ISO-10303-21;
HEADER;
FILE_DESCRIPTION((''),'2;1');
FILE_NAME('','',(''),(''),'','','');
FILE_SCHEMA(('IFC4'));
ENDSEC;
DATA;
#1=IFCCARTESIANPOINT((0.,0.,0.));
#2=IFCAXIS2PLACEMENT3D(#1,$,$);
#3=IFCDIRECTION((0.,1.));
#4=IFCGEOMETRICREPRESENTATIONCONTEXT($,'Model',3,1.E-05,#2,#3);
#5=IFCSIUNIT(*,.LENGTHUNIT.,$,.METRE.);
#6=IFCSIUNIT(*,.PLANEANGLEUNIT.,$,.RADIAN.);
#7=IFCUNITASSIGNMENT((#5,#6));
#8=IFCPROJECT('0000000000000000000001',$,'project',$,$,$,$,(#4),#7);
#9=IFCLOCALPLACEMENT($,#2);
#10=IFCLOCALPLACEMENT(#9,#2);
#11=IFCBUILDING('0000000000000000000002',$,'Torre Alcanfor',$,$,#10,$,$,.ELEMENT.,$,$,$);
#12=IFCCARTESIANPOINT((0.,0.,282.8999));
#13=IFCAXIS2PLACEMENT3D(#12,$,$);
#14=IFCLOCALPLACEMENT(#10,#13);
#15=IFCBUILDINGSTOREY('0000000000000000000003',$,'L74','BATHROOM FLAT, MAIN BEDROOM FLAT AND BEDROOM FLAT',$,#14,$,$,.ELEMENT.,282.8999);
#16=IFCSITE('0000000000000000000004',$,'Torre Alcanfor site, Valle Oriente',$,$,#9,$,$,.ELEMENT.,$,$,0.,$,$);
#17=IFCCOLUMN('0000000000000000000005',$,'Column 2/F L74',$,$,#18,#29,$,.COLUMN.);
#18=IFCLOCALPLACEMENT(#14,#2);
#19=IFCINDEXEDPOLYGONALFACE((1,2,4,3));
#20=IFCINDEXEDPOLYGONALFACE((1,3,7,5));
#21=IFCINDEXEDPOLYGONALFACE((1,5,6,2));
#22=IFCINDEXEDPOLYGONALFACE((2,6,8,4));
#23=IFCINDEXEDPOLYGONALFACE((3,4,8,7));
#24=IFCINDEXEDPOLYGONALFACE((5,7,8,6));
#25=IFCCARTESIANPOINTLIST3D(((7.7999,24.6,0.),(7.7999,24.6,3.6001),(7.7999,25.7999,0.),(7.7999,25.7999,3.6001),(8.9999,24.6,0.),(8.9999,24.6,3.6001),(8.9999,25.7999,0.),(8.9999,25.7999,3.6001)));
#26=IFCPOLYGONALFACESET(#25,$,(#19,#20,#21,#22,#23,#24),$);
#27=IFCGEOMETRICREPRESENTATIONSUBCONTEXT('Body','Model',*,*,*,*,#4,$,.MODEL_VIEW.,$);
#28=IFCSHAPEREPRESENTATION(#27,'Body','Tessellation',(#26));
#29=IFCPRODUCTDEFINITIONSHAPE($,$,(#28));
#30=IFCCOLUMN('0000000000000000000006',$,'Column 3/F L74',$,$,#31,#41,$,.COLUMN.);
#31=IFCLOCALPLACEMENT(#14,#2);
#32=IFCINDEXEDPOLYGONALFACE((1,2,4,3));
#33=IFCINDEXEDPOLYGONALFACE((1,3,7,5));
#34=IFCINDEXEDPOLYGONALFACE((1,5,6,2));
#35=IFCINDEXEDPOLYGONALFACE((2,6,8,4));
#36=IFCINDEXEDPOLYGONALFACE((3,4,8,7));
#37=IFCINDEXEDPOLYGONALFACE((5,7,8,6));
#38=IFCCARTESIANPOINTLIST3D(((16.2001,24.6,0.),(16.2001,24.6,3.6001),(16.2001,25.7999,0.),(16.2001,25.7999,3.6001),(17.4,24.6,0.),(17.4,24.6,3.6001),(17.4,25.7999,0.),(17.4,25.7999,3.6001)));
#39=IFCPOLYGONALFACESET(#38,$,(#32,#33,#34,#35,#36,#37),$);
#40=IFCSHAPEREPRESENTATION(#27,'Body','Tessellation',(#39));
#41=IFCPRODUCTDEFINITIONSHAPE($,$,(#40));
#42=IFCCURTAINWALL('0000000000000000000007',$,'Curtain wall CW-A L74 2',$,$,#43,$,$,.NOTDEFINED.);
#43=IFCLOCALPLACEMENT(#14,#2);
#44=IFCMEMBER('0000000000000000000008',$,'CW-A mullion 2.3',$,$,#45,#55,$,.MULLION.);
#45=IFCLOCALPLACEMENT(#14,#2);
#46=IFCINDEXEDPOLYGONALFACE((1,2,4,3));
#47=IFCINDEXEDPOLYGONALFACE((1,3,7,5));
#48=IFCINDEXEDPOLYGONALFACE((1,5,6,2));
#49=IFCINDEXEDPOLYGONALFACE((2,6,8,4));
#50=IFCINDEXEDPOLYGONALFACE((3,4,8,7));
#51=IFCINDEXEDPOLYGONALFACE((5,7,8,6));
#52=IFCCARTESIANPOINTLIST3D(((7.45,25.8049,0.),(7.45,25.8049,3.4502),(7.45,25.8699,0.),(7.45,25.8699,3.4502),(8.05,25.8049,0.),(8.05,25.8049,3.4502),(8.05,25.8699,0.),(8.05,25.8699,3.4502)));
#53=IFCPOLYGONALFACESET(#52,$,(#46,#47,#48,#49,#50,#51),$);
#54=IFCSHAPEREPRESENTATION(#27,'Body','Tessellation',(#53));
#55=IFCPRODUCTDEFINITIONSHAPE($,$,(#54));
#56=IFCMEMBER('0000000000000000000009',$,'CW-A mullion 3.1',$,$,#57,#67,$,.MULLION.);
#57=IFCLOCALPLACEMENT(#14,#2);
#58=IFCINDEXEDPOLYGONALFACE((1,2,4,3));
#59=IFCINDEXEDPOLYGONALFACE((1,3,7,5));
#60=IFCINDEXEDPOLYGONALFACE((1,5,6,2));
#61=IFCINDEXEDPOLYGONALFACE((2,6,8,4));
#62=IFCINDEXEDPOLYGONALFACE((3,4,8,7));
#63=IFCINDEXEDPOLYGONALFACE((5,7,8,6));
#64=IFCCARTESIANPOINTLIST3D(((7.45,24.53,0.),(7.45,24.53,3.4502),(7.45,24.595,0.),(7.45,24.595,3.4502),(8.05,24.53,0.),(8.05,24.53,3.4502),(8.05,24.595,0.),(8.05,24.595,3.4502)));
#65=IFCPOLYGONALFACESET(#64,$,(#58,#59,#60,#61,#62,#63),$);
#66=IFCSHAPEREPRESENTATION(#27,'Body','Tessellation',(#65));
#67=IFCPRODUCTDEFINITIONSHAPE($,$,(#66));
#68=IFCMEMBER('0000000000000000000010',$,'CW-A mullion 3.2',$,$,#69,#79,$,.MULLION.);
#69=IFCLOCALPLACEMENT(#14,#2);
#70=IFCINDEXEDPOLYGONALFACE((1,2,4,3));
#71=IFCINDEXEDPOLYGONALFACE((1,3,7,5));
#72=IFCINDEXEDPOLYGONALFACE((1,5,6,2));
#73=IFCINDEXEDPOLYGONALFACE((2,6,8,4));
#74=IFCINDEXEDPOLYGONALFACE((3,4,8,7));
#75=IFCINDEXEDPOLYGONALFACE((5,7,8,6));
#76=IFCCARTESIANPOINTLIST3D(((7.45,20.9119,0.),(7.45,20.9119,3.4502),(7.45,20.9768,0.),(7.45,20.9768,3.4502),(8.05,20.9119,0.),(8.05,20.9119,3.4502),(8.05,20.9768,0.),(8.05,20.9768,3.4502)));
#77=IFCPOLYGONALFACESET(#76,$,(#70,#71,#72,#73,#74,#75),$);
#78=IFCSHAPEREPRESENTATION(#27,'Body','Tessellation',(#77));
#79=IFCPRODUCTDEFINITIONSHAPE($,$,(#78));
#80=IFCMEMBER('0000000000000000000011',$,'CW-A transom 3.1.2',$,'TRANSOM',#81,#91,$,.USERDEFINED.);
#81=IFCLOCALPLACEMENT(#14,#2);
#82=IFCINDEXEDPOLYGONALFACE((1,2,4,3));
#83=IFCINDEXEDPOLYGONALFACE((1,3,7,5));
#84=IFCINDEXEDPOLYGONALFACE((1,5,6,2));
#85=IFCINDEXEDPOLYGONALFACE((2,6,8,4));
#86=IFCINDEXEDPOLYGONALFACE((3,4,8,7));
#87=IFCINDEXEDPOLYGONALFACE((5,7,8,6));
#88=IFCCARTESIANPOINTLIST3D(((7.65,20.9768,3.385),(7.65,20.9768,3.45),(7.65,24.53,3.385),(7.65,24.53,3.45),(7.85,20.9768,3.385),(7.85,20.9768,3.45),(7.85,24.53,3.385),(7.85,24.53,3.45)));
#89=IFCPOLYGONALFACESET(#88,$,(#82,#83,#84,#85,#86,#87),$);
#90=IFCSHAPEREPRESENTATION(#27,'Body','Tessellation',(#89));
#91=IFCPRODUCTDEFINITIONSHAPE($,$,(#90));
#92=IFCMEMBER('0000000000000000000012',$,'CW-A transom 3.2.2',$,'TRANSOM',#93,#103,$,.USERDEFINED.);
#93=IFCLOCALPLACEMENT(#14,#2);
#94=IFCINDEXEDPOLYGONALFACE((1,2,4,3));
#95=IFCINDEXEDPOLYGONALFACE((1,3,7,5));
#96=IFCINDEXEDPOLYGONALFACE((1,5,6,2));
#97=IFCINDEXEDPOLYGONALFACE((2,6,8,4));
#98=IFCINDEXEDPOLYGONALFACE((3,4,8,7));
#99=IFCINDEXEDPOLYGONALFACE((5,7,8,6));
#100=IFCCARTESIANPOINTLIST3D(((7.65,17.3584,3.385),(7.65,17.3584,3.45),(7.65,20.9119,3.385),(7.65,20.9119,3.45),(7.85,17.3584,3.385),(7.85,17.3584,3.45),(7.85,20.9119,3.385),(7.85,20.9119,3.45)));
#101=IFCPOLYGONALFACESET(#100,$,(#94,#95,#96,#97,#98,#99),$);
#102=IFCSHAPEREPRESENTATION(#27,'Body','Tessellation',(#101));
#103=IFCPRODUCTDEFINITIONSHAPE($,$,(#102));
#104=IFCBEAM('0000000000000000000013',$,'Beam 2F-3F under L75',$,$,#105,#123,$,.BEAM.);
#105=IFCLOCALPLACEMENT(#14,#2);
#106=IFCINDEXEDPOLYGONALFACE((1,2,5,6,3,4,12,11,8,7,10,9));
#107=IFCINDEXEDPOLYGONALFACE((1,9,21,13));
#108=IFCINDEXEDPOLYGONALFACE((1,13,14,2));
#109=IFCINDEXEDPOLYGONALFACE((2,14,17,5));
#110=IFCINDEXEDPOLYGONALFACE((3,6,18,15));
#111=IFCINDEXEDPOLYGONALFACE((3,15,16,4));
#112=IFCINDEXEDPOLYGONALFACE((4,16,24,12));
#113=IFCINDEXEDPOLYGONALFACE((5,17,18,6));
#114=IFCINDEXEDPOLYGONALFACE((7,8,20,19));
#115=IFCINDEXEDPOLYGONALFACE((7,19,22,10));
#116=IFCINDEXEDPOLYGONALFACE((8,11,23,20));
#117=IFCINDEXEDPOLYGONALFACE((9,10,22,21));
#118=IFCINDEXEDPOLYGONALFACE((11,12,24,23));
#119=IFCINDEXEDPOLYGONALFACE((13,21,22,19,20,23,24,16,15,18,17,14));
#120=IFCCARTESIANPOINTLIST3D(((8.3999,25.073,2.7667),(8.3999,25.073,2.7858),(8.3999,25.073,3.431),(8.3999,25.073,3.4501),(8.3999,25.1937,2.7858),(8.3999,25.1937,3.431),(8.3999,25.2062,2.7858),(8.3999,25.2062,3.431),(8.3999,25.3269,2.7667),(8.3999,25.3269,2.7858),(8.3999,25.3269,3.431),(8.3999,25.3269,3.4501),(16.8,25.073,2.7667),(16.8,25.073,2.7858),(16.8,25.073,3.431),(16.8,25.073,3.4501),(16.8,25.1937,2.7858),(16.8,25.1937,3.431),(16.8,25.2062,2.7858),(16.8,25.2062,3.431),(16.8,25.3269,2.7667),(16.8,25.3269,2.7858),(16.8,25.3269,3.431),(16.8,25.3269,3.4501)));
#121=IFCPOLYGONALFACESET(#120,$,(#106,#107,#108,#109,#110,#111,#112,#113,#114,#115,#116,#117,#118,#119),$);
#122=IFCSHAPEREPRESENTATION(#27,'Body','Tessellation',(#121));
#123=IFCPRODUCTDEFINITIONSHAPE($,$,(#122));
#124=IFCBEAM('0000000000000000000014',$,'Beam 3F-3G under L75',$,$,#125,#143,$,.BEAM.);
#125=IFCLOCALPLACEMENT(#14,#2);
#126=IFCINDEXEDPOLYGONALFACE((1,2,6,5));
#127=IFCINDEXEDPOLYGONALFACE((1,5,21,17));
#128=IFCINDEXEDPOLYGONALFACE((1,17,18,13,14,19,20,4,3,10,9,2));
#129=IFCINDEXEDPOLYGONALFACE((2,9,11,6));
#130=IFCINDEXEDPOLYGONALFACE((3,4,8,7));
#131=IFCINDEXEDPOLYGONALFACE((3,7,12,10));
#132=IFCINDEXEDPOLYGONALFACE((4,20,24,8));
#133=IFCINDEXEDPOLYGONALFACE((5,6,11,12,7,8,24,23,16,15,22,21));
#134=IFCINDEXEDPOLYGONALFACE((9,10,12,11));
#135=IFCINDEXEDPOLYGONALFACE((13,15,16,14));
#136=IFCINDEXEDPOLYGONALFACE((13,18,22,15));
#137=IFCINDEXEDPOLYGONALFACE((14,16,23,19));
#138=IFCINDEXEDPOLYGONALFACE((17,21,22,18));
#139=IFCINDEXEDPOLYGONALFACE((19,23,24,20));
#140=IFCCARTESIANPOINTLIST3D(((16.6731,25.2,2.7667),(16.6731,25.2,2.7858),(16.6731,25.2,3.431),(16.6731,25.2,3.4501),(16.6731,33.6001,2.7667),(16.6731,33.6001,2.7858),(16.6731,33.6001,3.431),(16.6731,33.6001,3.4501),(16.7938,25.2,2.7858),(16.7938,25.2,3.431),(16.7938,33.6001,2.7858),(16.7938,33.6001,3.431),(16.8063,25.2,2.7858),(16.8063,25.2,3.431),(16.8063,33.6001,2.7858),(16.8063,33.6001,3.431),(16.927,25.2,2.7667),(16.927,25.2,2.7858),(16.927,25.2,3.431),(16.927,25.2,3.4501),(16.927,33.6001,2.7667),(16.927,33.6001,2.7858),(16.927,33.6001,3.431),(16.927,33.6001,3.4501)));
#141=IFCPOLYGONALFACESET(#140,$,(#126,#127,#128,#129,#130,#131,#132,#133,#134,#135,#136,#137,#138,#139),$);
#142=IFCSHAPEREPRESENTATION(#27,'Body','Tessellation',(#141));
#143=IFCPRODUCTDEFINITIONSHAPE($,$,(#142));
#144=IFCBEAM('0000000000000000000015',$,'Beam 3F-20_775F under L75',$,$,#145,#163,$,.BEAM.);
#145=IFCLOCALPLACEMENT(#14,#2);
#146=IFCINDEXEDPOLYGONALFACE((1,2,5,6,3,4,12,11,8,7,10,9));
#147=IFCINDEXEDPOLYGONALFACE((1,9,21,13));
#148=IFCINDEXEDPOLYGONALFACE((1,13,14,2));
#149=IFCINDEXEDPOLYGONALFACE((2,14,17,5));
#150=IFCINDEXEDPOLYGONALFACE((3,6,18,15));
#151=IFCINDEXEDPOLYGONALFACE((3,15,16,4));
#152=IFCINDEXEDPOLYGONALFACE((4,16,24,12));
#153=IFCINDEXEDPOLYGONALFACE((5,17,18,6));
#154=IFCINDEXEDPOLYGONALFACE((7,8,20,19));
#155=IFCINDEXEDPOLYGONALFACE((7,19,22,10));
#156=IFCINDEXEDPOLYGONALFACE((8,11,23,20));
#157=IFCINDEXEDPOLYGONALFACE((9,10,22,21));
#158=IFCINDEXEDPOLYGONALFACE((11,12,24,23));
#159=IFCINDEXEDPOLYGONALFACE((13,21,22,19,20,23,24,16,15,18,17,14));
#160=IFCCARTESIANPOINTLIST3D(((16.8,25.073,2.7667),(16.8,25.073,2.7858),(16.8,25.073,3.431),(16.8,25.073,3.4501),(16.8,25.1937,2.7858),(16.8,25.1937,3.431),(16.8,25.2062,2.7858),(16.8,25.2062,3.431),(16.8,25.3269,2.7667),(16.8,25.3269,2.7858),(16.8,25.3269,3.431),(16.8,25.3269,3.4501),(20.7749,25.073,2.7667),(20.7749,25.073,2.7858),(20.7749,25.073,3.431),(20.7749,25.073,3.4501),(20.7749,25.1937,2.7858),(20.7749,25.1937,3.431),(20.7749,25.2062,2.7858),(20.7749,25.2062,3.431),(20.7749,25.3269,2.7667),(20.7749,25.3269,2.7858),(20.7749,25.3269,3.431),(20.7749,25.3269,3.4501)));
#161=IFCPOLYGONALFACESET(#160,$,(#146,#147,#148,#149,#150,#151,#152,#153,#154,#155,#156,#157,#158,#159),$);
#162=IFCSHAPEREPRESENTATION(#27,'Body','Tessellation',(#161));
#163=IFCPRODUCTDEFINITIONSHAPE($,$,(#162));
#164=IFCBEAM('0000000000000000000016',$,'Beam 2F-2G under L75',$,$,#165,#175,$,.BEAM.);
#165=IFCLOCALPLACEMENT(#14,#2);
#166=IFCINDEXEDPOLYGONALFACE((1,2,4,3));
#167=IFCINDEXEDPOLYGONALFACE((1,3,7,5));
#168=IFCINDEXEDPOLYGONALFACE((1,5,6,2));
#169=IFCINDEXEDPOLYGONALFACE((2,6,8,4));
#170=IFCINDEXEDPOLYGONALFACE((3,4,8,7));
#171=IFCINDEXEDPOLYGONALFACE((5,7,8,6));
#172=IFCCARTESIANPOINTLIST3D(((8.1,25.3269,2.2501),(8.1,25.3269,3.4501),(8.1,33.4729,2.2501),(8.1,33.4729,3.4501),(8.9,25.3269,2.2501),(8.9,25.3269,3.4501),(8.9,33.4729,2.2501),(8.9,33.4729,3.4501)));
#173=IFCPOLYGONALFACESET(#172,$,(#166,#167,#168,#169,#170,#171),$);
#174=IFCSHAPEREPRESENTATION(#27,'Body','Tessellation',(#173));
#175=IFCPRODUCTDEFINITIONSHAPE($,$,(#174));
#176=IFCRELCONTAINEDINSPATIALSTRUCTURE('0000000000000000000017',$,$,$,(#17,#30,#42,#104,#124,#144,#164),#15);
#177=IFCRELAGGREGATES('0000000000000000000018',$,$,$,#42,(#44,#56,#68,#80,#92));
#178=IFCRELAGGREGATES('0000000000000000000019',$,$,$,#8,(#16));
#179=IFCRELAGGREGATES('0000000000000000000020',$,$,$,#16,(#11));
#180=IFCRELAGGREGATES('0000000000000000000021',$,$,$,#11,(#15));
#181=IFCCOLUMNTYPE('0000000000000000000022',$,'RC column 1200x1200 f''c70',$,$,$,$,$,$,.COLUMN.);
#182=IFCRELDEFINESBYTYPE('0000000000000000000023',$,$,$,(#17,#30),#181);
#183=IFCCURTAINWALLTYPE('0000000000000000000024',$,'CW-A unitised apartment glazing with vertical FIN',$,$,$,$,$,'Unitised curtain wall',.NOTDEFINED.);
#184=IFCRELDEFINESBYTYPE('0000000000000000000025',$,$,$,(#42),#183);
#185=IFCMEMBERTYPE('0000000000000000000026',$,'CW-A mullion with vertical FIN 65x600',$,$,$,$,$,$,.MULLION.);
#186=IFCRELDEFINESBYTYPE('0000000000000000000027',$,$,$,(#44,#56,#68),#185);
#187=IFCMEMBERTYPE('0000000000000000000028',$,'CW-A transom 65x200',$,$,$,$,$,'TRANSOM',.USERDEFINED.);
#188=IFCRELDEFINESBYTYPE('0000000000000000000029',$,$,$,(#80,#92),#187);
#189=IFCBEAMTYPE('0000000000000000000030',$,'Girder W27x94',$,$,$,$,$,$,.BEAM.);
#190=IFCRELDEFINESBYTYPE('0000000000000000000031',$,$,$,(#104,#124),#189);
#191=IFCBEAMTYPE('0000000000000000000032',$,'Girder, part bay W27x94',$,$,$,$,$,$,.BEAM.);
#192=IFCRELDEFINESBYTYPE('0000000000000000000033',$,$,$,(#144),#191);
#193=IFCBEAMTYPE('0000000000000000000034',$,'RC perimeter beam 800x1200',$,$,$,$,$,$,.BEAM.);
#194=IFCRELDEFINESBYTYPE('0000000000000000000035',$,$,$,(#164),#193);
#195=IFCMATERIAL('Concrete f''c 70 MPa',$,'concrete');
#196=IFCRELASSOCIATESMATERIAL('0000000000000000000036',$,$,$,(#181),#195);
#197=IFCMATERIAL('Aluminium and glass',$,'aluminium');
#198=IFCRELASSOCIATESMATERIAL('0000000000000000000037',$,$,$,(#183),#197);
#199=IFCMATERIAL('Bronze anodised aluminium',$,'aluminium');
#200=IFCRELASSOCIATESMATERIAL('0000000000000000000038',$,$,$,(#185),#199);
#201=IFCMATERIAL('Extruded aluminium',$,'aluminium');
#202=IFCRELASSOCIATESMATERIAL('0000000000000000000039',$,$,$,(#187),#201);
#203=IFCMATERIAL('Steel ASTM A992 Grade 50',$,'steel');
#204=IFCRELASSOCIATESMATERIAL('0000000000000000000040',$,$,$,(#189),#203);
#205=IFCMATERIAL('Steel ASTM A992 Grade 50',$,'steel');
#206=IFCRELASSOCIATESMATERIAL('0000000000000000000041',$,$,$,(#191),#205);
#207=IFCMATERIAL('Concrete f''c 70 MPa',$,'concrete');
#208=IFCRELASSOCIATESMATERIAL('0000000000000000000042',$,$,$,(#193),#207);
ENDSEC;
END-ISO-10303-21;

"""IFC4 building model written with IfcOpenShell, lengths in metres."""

from ifc_helpers import new_model, si_unit, direction, frame, origin, origin_2d, place, context, subcontext, project, spatial, rectangle, i_section, extrude, material, material_profile, profile_set, type_object, element, aggregate, save


model = new_model("IFC4")

# Units and contexts
model_context = context("Model", 3, precision=1e-05, world=origin(), true_north=direction((0.0, 1.0)))
body_context = subcontext(model_context, "Body", "Model", "MODEL_VIEW")
ifc_project = project(units=[si_unit("LENGTHUNIT", "METRE"), si_unit("PLANEANGLEUNIT", "RADIAN")], contexts=[model_context])

# Site, building, storey
site_placement = place(None, origin())
site = spatial("IfcSite", under=ifc_project, at=site_placement, Name="Torre Alcanfor site, Valle Oriente", CompositionType="ELEMENT", RefElevation=0.0)
building_placement = place(site_placement, origin())
building = spatial("IfcBuilding", under=site, at=building_placement, Name="Torre Alcanfor", CompositionType="ELEMENT")
storey_placement = place(building_placement, frame((0.0, 0.0, 282.8999)))
storey = spatial("IfcBuildingStorey", under=building, at=storey_placement, Name="L74", Description="BATHROOM FLAT, MAIN BEDROOM FLAT AND BEDROOM FLAT", CompositionType="ELEMENT", Elevation=282.8999)

# Columns
ifc_material_1 = material(Name="Concrete f'c 70 MPa", Category="concrete")
ifc_material_profile_1 = material_profile(ifc_material_1, rectangle(XDim=1.2, YDim=1.2, at=origin_2d()), Name="1200x1200")
ifc_profile_set_1 = profile_set([ifc_material_profile_1], Name="Concrete f'c 70 MPa")
column_type = type_object("IfcColumnType", Name="RC column 1200x1200 f'c70", PredefinedType="COLUMN", material=ifc_profile_set_1)
for number, where, z_axis, x_axis, name in (
    (1, (8.3999, 25.2, 0.0), (0.0, 0.0, 1.0), (1.0, 0.0, 0.0), "Column 2/F L74"),
    (2, (16.8, 25.2, 0.0), (0.0, 0.0, 1.0), (1.0, 0.0, 0.0), "Column 3/F L74"),
):
    element("IfcColumn", number, at=place(storey_placement, frame(where, z_axis=z_axis, x_axis=x_axis)), inside=storey, type_object=column_type, Name=name, PredefinedType="COLUMN", context=body_context, shape_type="SweptSolid", body=[
        extrude(rectangle(XDim=1.2, YDim=1.2, at=origin_2d()), origin(), (0.0, 0.0, 1.0), 3.6001),
    ])

# Curtain wall, members
ifc_material_2 = material(Name="Aluminium and glass", Category="aluminium")
curtain_wall_type = type_object("IfcCurtainWallType", Name="CW-A unitised apartment glazing with vertical FIN", ElementType="Unitised curtain wall", PredefinedType="NOTDEFINED", material=ifc_material_2)
curtain_wall_placement = place(storey_placement, origin())
curtain_wall = element("IfcCurtainWall", 3, at=curtain_wall_placement, inside=storey, type_object=curtain_wall_type, Name="Curtain wall CW-A L74 2", PredefinedType="NOTDEFINED")
ifc_material_3 = material(Name="Bronze anodised aluminium", Category="aluminium")
ifc_material_profile_2 = material_profile(ifc_material_3, rectangle(XDim=0.6001, YDim=0.0649, at=origin_2d()), Name="CW-A mullion 65x600")
ifc_profile_set_2 = profile_set([ifc_material_profile_2], Name="Bronze anodised aluminium")
member_type_1 = type_object("IfcMemberType", Name="CW-A mullion with vertical FIN 65x600", PredefinedType="MULLION", material=ifc_profile_set_2)
member_1_placement = place(storey_placement, frame((7.75, 25.8374, 0.0), z_axis=(0.0, 0.0, 1.0), x_axis=(1.0, 0.0, 0.0)))
member_1 = element("IfcMember", 4, at=member_1_placement, type_object=member_type_1, Name="CW-A mullion 2.3", PredefinedType="MULLION", context=body_context, shape_type="SweptSolid", body=[
    extrude(rectangle(XDim=0.6001, YDim=0.0649, at=origin_2d()), origin(), (0.0, 0.0, 1.0), 3.4502),
])
member_2_placement = place(storey_placement, frame((7.75, 24.5625, 0.0), z_axis=(0.0, 0.0, 1.0), x_axis=(1.0, 0.0, 0.0)))
member_2 = element("IfcMember", 5, at=member_2_placement, type_object=member_type_1, Name="CW-A mullion 3.1", PredefinedType="MULLION", context=body_context, shape_type="SweptSolid", body=[
    extrude(rectangle(XDim=0.6001, YDim=0.0649, at=origin_2d()), origin(), (0.0, 0.0, 1.0), 3.4502),
])
member_3_placement = place(storey_placement, frame((7.75, 20.9443, 0.0), z_axis=(0.0, 0.0, 1.0), x_axis=(1.0, 0.0, 0.0)))
member_3 = element("IfcMember", 6, at=member_3_placement, type_object=member_type_1, Name="CW-A mullion 3.2", PredefinedType="MULLION", context=body_context, shape_type="SweptSolid", body=[
    extrude(rectangle(XDim=0.6001, YDim=0.0649, at=origin_2d()), origin(), (0.0, 0.0, 1.0), 3.4502),
])
ifc_material_4 = material(Name="Extruded aluminium", Category="aluminium")
ifc_material_profile_3 = material_profile(ifc_material_4, rectangle(XDim=0.2, YDim=0.0649, at=origin_2d()), Name="CW-A transom 200x65")
ifc_profile_set_3 = profile_set([ifc_material_profile_3], Name="Extruded aluminium")
member_type_2 = type_object("IfcMemberType", Name="CW-A transom 65x200", ElementType="TRANSOM", PredefinedType="USERDEFINED", material=ifc_profile_set_3)
member_4_placement = place(storey_placement, frame((7.75, 24.53, 3.4175), z_axis=(0.0, -1.0, 0.0), x_axis=(1.0, 0.0, 0.0)))
member_4 = element("IfcMember", 7, at=member_4_placement, type_object=member_type_2, Name="CW-A transom 3.1.2", ObjectType="TRANSOM", PredefinedType="USERDEFINED", context=body_context, shape_type="SweptSolid", body=[
    extrude(rectangle(XDim=0.2, YDim=0.0649, at=origin_2d()), origin(), (0.0, 0.0, 1.0), 3.5532),
])
member_5_placement = place(storey_placement, frame((7.75, 20.9119, 3.4175), z_axis=(0.0, -1.0, 0.0), x_axis=(1.0, 0.0, 0.0)))
member_5 = element("IfcMember", 8, at=member_5_placement, type_object=member_type_2, Name="CW-A transom 3.2.2", ObjectType="TRANSOM", PredefinedType="USERDEFINED", context=body_context, shape_type="SweptSolid", body=[
    extrude(rectangle(XDim=0.2, YDim=0.0649, at=origin_2d()), origin(), (0.0, 0.0, 1.0), 3.5535),
])

# Beams
ifc_material_5 = material(Name="Steel ASTM A992 Grade 50", Category="steel")
ifc_material_profile_4 = material_profile(ifc_material_5, i_section(OverallWidth=0.2539, OverallDepth=0.6833, WebThickness=0.0125, FlangeThickness=0.019, at=origin_2d()), Name="W27x94")
ifc_profile_set_4 = profile_set([ifc_material_profile_4], Name="Steel ASTM A992 Grade 50")
beam_type_1 = type_object("IfcBeamType", Name="Girder W27x94", PredefinedType="BEAM", material=ifc_profile_set_4)
for number, where, z_axis, x_axis, name in (
    (9, (8.3999, 25.2, 3.1084), (1.0, 0.0, 0.0), (0.0, 1.0, 0.0), "Beam 2F-3F under L75"),
    (10, (16.8, 25.2, 3.1084), (0.0, 1.0, 0.0), (-1.0, 0.0, 0.0), "Beam 3F-3G under L75"),
):
    element("IfcBeam", number, at=place(storey_placement, frame(where, z_axis=z_axis, x_axis=x_axis)), inside=storey, type_object=beam_type_1, Name=name, PredefinedType="BEAM", context=body_context, shape_type="SweptSolid", body=[
        extrude(i_section(OverallWidth=0.2539, OverallDepth=0.6833, WebThickness=0.0125, FlangeThickness=0.019, at=origin_2d()), origin(), (0.0, 0.0, 1.0), 8.4001),
    ])
ifc_material_6 = material(Name="Steel ASTM A992 Grade 50", Category="steel")
ifc_material_profile_5 = material_profile(ifc_material_6, i_section(OverallWidth=0.2539, OverallDepth=0.6833, WebThickness=0.0125, FlangeThickness=0.019, at=origin_2d()), Name="W27x94")
ifc_profile_set_5 = profile_set([ifc_material_profile_5], Name="Steel ASTM A992 Grade 50")
beam_type_2 = type_object("IfcBeamType", Name="Girder, part bay W27x94", PredefinedType="BEAM", material=ifc_profile_set_5)
beam_1_placement = place(storey_placement, frame((16.8, 25.2, 3.1084), z_axis=(1.0, 0.0, 0.0), x_axis=(0.0, 1.0, 0.0)))
element("IfcBeam", 11, at=beam_1_placement, inside=storey, type_object=beam_type_2, Name="Beam 3F-20_775F under L75", PredefinedType="BEAM", context=body_context, shape_type="SweptSolid", body=[
    extrude(i_section(OverallWidth=0.2539, OverallDepth=0.6833, WebThickness=0.0125, FlangeThickness=0.019, at=origin_2d()), origin(), (0.0, 0.0, 1.0), 3.9749),
])
ifc_material_7 = material(Name="Concrete f'c 70 MPa", Category="concrete")
ifc_material_profile_6 = material_profile(ifc_material_7, rectangle(XDim=0.8, YDim=1.2, at=origin_2d()), Name="800x1200")
ifc_profile_set_6 = profile_set([ifc_material_profile_6], Name="Concrete f'c 70 MPa")
beam_type_3 = type_object("IfcBeamType", Name="RC perimeter beam 800x1200", PredefinedType="BEAM", material=ifc_profile_set_6)
beam_2_placement = place(storey_placement, frame((8.5, 25.3269, 2.8501), z_axis=(0.0, 1.0, 0.0), x_axis=(-1.0, 0.0, 0.0)))
element("IfcBeam", 12, at=beam_2_placement, inside=storey, type_object=beam_type_3, Name="Beam 2F-2G under L75", PredefinedType="BEAM", context=body_context, shape_type="SweptSolid", body=[
    extrude(rectangle(XDim=0.8, YDim=1.2, at=origin_2d()), origin(), (0.0, 0.0, 1.0), 8.146),
])

aggregate(curtain_wall, [member_1, member_2, member_3, member_4, member_5])

save(model, "model.ifc")
